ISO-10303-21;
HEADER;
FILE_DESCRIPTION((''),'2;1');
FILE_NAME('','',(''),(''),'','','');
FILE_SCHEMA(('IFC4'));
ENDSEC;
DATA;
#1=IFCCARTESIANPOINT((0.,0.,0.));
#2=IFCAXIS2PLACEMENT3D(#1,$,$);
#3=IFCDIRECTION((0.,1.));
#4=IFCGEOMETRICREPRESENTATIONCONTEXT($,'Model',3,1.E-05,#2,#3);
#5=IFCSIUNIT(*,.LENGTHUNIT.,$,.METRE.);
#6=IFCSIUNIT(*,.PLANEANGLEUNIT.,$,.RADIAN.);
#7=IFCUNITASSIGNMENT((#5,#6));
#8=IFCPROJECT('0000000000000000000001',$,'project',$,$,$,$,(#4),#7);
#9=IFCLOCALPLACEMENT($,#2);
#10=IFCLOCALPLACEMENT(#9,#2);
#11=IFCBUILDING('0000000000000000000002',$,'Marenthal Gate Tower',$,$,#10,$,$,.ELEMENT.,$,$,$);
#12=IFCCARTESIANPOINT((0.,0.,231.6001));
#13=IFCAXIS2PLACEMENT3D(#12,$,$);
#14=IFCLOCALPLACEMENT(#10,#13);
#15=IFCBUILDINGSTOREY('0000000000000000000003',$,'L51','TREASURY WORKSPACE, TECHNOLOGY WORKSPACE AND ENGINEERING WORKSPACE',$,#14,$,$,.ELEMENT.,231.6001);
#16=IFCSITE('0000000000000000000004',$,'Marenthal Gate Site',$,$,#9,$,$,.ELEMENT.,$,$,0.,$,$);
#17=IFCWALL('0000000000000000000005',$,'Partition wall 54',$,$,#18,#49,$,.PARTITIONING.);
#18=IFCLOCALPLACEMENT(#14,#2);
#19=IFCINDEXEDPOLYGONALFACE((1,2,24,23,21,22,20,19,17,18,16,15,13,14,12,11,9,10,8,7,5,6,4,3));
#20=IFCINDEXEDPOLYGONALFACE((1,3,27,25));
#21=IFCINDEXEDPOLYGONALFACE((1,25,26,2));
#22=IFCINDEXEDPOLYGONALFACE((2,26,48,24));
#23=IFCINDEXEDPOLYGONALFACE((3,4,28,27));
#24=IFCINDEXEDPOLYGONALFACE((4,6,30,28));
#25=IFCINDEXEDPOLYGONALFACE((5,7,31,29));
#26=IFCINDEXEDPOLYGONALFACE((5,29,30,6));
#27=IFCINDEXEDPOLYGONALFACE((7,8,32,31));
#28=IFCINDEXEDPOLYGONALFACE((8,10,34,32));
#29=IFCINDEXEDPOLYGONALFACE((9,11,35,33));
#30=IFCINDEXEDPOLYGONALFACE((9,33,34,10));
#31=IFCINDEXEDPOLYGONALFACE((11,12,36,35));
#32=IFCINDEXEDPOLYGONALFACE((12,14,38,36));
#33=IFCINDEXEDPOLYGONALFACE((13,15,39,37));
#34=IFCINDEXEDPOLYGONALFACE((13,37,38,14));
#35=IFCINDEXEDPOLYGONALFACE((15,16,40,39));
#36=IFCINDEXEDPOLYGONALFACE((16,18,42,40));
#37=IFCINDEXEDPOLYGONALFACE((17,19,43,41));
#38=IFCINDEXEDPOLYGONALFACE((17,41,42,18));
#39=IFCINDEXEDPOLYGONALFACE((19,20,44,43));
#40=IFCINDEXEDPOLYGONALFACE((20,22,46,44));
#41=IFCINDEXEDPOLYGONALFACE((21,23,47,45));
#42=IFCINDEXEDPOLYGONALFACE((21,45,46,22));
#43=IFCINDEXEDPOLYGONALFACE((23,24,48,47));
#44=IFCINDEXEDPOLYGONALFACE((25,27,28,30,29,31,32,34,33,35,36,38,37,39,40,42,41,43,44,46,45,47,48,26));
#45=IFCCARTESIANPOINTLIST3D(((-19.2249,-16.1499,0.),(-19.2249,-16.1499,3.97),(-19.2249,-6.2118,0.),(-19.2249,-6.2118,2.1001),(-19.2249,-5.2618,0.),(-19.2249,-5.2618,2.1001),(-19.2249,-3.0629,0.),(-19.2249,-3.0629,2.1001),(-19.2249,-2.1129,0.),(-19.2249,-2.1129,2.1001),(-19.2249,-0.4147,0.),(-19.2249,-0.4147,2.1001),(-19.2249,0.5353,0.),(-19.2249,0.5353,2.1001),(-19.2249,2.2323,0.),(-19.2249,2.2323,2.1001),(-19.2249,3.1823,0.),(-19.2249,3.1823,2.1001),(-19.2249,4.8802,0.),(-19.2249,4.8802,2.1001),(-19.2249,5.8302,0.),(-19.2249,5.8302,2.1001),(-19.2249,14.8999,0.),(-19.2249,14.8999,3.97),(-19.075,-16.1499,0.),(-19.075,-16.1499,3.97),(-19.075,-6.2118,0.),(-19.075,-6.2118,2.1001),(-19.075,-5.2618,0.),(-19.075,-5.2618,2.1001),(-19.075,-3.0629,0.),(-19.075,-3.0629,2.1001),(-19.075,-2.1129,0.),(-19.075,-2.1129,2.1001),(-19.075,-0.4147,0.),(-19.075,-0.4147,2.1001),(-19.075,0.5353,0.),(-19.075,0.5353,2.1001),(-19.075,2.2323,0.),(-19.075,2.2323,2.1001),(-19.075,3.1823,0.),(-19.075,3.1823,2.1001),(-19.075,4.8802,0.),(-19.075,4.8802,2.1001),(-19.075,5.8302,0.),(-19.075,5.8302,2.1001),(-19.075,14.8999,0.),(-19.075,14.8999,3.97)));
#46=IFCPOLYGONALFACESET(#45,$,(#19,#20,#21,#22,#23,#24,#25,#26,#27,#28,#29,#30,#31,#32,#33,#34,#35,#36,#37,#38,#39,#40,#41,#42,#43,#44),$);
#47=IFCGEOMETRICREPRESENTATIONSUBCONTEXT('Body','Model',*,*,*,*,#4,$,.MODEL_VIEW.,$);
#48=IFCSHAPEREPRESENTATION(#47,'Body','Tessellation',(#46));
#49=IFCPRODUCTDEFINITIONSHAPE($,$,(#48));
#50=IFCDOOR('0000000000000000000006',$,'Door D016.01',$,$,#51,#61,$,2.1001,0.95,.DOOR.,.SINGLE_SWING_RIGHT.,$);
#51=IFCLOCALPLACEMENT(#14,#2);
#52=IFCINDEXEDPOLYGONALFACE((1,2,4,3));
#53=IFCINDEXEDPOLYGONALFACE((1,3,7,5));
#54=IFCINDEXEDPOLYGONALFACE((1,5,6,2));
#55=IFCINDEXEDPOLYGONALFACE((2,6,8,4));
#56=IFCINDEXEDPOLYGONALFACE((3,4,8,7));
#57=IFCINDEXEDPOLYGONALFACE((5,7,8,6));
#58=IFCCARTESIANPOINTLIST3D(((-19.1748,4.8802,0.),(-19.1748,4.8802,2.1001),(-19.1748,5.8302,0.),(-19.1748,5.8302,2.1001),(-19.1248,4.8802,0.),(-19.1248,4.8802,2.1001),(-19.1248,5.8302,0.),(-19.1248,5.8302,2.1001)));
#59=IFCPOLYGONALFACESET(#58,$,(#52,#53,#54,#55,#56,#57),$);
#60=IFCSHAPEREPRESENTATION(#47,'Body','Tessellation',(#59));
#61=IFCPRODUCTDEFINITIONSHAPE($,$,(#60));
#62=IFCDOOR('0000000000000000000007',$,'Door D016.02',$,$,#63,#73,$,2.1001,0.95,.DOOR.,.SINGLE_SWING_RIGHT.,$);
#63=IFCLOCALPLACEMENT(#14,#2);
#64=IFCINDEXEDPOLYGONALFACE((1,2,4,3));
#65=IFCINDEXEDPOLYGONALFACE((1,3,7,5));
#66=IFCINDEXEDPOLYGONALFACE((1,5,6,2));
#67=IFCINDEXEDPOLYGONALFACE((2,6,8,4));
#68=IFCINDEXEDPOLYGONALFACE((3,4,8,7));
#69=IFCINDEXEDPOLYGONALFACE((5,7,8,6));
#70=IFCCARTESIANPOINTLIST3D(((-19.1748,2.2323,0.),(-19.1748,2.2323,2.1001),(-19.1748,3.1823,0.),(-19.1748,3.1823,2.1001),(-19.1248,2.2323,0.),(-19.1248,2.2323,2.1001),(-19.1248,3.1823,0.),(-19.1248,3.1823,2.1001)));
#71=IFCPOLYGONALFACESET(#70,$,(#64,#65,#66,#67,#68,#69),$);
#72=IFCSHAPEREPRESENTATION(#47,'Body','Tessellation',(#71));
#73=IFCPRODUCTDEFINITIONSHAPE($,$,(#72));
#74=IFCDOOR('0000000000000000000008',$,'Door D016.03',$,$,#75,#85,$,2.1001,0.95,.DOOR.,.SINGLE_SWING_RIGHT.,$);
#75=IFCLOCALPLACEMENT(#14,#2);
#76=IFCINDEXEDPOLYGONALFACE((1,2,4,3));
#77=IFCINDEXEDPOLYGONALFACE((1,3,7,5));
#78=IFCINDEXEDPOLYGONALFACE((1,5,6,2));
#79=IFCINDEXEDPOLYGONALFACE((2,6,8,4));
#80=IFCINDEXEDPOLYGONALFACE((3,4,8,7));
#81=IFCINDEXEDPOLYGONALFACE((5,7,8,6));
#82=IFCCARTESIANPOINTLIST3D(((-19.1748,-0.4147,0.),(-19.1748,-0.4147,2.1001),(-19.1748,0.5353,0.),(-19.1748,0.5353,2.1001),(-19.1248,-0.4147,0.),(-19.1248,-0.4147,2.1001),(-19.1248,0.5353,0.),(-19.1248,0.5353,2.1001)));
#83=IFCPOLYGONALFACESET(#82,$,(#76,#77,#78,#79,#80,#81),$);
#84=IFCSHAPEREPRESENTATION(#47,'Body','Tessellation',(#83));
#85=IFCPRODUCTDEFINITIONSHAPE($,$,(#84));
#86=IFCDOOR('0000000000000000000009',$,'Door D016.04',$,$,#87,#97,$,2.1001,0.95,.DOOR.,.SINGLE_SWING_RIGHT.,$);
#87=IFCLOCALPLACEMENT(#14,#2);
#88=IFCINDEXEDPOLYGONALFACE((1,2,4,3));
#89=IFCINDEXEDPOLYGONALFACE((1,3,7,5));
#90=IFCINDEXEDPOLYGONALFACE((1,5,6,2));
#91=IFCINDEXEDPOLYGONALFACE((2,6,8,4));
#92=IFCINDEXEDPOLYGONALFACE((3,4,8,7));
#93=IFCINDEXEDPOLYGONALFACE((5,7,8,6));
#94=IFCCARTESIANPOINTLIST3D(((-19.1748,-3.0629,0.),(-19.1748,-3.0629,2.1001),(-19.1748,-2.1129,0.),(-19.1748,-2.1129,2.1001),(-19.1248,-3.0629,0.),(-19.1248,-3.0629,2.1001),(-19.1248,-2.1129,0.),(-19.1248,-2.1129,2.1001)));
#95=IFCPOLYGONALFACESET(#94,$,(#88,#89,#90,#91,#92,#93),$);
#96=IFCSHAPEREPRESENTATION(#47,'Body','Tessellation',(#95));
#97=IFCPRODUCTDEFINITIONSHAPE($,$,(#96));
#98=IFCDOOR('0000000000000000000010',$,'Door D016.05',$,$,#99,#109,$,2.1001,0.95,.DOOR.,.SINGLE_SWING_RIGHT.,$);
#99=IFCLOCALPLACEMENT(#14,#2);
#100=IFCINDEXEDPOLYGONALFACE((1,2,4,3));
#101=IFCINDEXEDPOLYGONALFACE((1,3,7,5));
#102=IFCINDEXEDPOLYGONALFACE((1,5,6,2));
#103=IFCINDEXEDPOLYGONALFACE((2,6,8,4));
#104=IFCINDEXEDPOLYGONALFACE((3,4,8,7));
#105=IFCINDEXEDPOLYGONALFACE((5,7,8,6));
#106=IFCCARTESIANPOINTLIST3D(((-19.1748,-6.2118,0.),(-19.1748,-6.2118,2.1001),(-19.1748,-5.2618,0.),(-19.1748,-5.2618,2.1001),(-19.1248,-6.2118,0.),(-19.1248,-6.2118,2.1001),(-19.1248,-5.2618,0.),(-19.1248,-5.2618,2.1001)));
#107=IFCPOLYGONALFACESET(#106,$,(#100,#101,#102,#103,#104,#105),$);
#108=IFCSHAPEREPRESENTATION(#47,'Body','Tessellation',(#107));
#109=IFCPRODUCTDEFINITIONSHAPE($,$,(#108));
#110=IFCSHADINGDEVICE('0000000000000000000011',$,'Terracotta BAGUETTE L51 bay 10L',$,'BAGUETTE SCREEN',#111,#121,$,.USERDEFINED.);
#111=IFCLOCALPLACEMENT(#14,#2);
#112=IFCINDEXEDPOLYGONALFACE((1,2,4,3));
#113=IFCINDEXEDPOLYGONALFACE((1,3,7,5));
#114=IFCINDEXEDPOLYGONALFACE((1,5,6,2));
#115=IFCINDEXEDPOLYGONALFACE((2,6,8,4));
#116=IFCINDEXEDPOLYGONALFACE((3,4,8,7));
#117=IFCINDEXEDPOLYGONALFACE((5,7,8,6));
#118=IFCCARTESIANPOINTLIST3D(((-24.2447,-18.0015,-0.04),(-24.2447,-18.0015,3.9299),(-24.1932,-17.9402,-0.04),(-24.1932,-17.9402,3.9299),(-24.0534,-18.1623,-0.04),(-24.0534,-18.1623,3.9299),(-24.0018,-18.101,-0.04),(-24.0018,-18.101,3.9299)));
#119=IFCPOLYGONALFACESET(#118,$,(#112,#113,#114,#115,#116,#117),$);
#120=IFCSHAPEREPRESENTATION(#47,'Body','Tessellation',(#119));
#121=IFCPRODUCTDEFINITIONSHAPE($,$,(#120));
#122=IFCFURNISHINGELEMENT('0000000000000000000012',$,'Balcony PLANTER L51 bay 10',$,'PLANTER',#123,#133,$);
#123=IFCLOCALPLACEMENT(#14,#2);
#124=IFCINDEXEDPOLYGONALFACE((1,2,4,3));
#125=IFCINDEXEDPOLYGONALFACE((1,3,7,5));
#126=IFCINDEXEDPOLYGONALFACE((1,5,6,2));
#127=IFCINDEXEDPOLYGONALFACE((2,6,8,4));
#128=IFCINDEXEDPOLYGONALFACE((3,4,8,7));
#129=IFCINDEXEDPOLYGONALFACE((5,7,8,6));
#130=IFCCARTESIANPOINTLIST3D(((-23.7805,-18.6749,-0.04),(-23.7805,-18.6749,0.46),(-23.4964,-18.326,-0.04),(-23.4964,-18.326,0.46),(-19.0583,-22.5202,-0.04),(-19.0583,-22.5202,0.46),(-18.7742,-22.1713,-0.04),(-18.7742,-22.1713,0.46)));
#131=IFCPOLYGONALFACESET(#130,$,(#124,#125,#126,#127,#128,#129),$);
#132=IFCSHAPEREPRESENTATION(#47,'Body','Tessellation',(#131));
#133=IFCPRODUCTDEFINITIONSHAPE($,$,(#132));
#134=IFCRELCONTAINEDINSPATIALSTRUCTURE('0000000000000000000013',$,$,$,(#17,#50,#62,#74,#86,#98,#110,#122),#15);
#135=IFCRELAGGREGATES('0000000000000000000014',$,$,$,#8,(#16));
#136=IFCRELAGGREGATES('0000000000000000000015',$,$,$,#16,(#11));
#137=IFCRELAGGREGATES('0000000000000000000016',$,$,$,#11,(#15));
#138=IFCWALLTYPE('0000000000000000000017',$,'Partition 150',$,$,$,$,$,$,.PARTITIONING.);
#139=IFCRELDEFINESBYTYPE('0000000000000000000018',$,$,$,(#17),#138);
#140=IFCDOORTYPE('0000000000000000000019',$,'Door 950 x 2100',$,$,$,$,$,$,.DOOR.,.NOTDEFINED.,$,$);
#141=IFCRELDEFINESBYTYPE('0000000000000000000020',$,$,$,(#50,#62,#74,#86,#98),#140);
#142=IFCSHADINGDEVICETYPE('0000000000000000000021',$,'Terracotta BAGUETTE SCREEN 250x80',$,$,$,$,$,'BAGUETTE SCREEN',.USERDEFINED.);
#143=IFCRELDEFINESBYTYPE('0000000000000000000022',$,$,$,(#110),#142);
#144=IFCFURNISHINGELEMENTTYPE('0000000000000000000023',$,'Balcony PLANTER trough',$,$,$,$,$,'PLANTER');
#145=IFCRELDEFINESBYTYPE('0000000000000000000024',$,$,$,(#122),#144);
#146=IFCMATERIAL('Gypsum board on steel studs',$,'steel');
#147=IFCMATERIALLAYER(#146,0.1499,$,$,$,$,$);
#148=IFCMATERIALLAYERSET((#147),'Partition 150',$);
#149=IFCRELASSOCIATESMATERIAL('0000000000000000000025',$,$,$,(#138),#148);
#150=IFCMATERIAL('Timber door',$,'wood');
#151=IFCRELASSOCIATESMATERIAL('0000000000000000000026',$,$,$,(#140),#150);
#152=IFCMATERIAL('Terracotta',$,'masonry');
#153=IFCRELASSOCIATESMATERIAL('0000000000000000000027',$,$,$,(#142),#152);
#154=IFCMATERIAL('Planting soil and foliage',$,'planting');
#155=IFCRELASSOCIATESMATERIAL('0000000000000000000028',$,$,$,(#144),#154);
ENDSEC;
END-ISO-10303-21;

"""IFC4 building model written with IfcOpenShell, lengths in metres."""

from ifc_helpers import new_model, si_unit, direction, frame, frame_2d, origin, origin_2d, place, context, subcontext, project, spatial, rectangle, extrude, material, layer, layer_set, material_profile, profile_set, type_object, element, fill, save


model = new_model("IFC4")

# Units and contexts
model_context = context("Model", 3, precision=1e-05, world=origin(), true_north=direction((0.0, 1.0)))
body_context = subcontext(model_context, "Body", "Model", "MODEL_VIEW")
ifc_project = project(units=[si_unit("LENGTHUNIT", "METRE"), si_unit("PLANEANGLEUNIT", "RADIAN")], contexts=[model_context])

# Site, building, storey
site_placement = place(None, origin())
site = spatial("IfcSite", under=ifc_project, at=site_placement, Name="Marenthal Gate Site", CompositionType="ELEMENT", RefElevation=0.0)
building_placement = place(site_placement, origin())
building = spatial("IfcBuilding", under=site, at=building_placement, Name="Marenthal Gate Tower", CompositionType="ELEMENT")
storey_placement = place(building_placement, frame((0.0, 0.0, 231.6001)))
storey = spatial("IfcBuildingStorey", under=building, at=storey_placement, Name="L51", Description="TREASURY WORKSPACE, TECHNOLOGY WORKSPACE AND ENGINEERING WORKSPACE", CompositionType="ELEMENT", Elevation=231.6001)

# Wall, openings, doors
ifc_material_1 = material(Name="Gypsum board on steel studs", Category="steel")
ifc_layer_1 = layer(ifc_material_1, 0.1499)
ifc_layer_set_1 = layer_set([ifc_layer_1], Name="Partition 150")
wall_type_1 = type_object("IfcWallType", Name="Partition 150", PredefinedType="PARTITIONING", material=ifc_layer_set_1)
wall_1_placement = place(storey_placement, frame((-19.1499, -16.1499, 0.0), z_axis=(0.0, 0.0, 1.0), x_axis=(0.0, 1.0, 0.0)))
wall_1 = element("IfcWall", 1, at=wall_1_placement, inside=storey, type_object=wall_type_1, Name="Partition wall 54", PredefinedType="PARTITIONING", context=body_context, shape_type="SweptSolid", body=[
    extrude(rectangle(XDim=31.0498, YDim=0.1499, at=frame_2d((15.5249, 0.0))), origin(), (0.0, 0.0, 1.0), 3.97),
])
opening_1_placement = place(wall_1_placement, frame((21.03, 0.0, 0.0)))
opening_1 = element("IfcOpeningElement", 2, at=opening_1_placement, cuts=wall_1, PredefinedType="OPENING", context=body_context, shape_type="SweptSolid", body=[
    extrude(rectangle(XDim=0.95, YDim=2.1001, at=frame_2d((0.4751, 1.05))), frame((0.0, 0.085, 0.0), z_axis=(0.0, -1.0, 0.0), x_axis=(1.0, 0.0, 0.0)), (0.0, 0.0, 1.0), 0.1699),
])
opening_2_placement = place(wall_1_placement, frame((18.3821, 0.0, 0.0)))
opening_2 = element("IfcOpeningElement", 3, at=opening_2_placement, cuts=wall_1, PredefinedType="OPENING", context=body_context, shape_type="SweptSolid", body=[
    extrude(rectangle(XDim=0.95, YDim=2.1001, at=frame_2d((0.4751, 1.05))), frame((0.0, 0.085, 0.0), z_axis=(0.0, -1.0, 0.0), x_axis=(1.0, 0.0, 0.0)), (0.0, 0.0, 1.0), 0.1699),
])
opening_3_placement = place(wall_1_placement, frame((15.7351, 0.0, 0.0)))
opening_3 = element("IfcOpeningElement", 4, at=opening_3_placement, cuts=wall_1, PredefinedType="OPENING", context=body_context, shape_type="SweptSolid", body=[
    extrude(rectangle(XDim=0.95, YDim=2.1001, at=frame_2d((0.4751, 1.05))), frame((0.0, 0.085, 0.0), z_axis=(0.0, -1.0, 0.0), x_axis=(1.0, 0.0, 0.0)), (0.0, 0.0, 1.0), 0.1699),
])
opening_4_placement = place(wall_1_placement, frame((13.0869, 0.0, 0.0)))
opening_4 = element("IfcOpeningElement", 5, at=opening_4_placement, cuts=wall_1, PredefinedType="OPENING", context=body_context, shape_type="SweptSolid", body=[
    extrude(rectangle(XDim=0.95, YDim=2.1001, at=frame_2d((0.4751, 1.05))), frame((0.0, 0.085, 0.0), z_axis=(0.0, -1.0, 0.0), x_axis=(1.0, 0.0, 0.0)), (0.0, 0.0, 1.0), 0.1699),
])
opening_5_placement = place(wall_1_placement, frame((9.938, 0.0, 0.0)))
opening_5 = element("IfcOpeningElement", 6, at=opening_5_placement, cuts=wall_1, PredefinedType="OPENING", context=body_context, shape_type="SweptSolid", body=[
    extrude(rectangle(XDim=0.95, YDim=2.1001, at=frame_2d((0.4751, 1.05))), frame((0.0, 0.085, 0.0), z_axis=(0.0, -1.0, 0.0), x_axis=(1.0, 0.0, 0.0)), (0.0, 0.0, 1.0), 0.1699),
])
ifc_material_2 = material(Name="Timber door", Category="wood")
door_type_1 = type_object("IfcDoorType", Name="Door 950 x 2100", OperationType="NOTDEFINED", PredefinedType="DOOR", material=ifc_material_2)
door_1_placement = place(opening_1_placement, origin())
door_1 = element("IfcDoor", 7, at=door_1_placement, inside=storey, type_object=door_type_1, Name="Door D016.01", OperationType="SINGLE_SWING_RIGHT", OverallHeight=2.1001, OverallWidth=0.95, PredefinedType="DOOR", context=body_context, shape_type="SweptSolid", body=[
    extrude(rectangle(XDim=0.95, YDim=2.1001, at=frame_2d((0.4751, 1.05))), frame((0.0, 0.0249, 0.0), z_axis=(0.0, -1.0, 0.0), x_axis=(1.0, 0.0, 0.0)), (0.0, 0.0, 1.0), 0.05),
])
fill(opening_1, door_1)
door_2_placement = place(opening_2_placement, origin())
door_2 = element("IfcDoor", 8, at=door_2_placement, inside=storey, type_object=door_type_1, Name="Door D016.02", OperationType="SINGLE_SWING_RIGHT", OverallHeight=2.1001, OverallWidth=0.95, PredefinedType="DOOR", context=body_context, shape_type="SweptSolid", body=[
    extrude(rectangle(XDim=0.95, YDim=2.1001, at=frame_2d((0.4751, 1.05))), frame((0.0, 0.0249, 0.0), z_axis=(0.0, -1.0, 0.0), x_axis=(1.0, 0.0, 0.0)), (0.0, 0.0, 1.0), 0.05),
])
fill(opening_2, door_2)
door_3_placement = place(opening_3_placement, origin())
door_3 = element("IfcDoor", 9, at=door_3_placement, inside=storey, type_object=door_type_1, Name="Door D016.03", OperationType="SINGLE_SWING_RIGHT", OverallHeight=2.1001, OverallWidth=0.95, PredefinedType="DOOR", context=body_context, shape_type="SweptSolid", body=[
    extrude(rectangle(XDim=0.95, YDim=2.1001, at=frame_2d((0.4751, 1.05))), frame((0.0, 0.0249, 0.0), z_axis=(0.0, -1.0, 0.0), x_axis=(1.0, 0.0, 0.0)), (0.0, 0.0, 1.0), 0.05),
])
fill(opening_3, door_3)
door_4_placement = place(opening_4_placement, origin())
door_4 = element("IfcDoor", 10, at=door_4_placement, inside=storey, type_object=door_type_1, Name="Door D016.04", OperationType="SINGLE_SWING_RIGHT", OverallHeight=2.1001, OverallWidth=0.95, PredefinedType="DOOR", context=body_context, shape_type="SweptSolid", body=[
    extrude(rectangle(XDim=0.95, YDim=2.1001, at=frame_2d((0.4751, 1.05))), frame((0.0, 0.0249, 0.0), z_axis=(0.0, -1.0, 0.0), x_axis=(1.0, 0.0, 0.0)), (0.0, 0.0, 1.0), 0.05),
])
fill(opening_4, door_4)
door_5_placement = place(opening_5_placement, origin())
door_5 = element("IfcDoor", 11, at=door_5_placement, inside=storey, type_object=door_type_1, Name="Door D016.05", OperationType="SINGLE_SWING_RIGHT", OverallHeight=2.1001, OverallWidth=0.95, PredefinedType="DOOR", context=body_context, shape_type="SweptSolid", body=[
    extrude(rectangle(XDim=0.95, YDim=2.1001, at=frame_2d((0.4751, 1.05))), frame((0.0, 0.0249, 0.0), z_axis=(0.0, -1.0, 0.0), x_axis=(1.0, 0.0, 0.0)), (0.0, 0.0, 1.0), 0.05),
])
fill(opening_5, door_5)

# Shading device
ifc_material_3 = material(Name="Terracotta", Category="masonry")
ifc_material_profile_1 = material_profile(ifc_material_3, rectangle(XDim=0.25, YDim=0.0801, at=origin_2d()), Name="Terracotta baguette 250x80")
ifc_profile_set_1 = profile_set([ifc_material_profile_1], Name="Terracotta")
shading_device_type = type_object("IfcShadingDeviceType", Name="Terracotta BAGUETTE SCREEN 250x80", ElementType="BAGUETTE SCREEN", PredefinedType="USERDEFINED", material=ifc_profile_set_1)
shading_device_placement = place(storey_placement, frame((-24.1233, -18.0513, -0.04), z_axis=(0.0, 0.0, 1.0), x_axis=(0.765551, -0.643375, 0.0)))
element("IfcShadingDevice", 12, at=shading_device_placement, inside=storey, type_object=shading_device_type, Name="Terracotta BAGUETTE L51 bay 10L", ObjectType="BAGUETTE SCREEN", PredefinedType="USERDEFINED", context=body_context, shape_type="SweptSolid", body=[
    extrude(rectangle(XDim=0.25, YDim=0.0801, at=origin_2d()), origin(), (0.0, 0.0, 1.0), 3.97),
])

# Furnishing element
ifc_material_4 = material(Name="Planting soil and foliage", Category="planting")
furnishing_element_type = type_object("IfcFurnishingElementType", Name="Balcony PLANTER trough", ElementType="PLANTER", material=ifc_material_4)
furnishing_placement = place(storey_placement, frame((-21.2773, -20.4231, -0.04), z_axis=(0.0, 0.0, 1.0), x_axis=(0.775432, -0.631432, 0.0)))
element("IfcFurnishingElement", 13, at=furnishing_placement, inside=storey, type_object=furnishing_element_type, Name="Balcony PLANTER L51 bay 10", ObjectType="PLANTER", context=body_context, shape_type="SweptSolid", body=[
    extrude(rectangle(XDim=6.0898, YDim=0.45, at=origin_2d()), origin(), (0.0, 0.0, 1.0), 0.5),
])

save(model, "model.ifc")
